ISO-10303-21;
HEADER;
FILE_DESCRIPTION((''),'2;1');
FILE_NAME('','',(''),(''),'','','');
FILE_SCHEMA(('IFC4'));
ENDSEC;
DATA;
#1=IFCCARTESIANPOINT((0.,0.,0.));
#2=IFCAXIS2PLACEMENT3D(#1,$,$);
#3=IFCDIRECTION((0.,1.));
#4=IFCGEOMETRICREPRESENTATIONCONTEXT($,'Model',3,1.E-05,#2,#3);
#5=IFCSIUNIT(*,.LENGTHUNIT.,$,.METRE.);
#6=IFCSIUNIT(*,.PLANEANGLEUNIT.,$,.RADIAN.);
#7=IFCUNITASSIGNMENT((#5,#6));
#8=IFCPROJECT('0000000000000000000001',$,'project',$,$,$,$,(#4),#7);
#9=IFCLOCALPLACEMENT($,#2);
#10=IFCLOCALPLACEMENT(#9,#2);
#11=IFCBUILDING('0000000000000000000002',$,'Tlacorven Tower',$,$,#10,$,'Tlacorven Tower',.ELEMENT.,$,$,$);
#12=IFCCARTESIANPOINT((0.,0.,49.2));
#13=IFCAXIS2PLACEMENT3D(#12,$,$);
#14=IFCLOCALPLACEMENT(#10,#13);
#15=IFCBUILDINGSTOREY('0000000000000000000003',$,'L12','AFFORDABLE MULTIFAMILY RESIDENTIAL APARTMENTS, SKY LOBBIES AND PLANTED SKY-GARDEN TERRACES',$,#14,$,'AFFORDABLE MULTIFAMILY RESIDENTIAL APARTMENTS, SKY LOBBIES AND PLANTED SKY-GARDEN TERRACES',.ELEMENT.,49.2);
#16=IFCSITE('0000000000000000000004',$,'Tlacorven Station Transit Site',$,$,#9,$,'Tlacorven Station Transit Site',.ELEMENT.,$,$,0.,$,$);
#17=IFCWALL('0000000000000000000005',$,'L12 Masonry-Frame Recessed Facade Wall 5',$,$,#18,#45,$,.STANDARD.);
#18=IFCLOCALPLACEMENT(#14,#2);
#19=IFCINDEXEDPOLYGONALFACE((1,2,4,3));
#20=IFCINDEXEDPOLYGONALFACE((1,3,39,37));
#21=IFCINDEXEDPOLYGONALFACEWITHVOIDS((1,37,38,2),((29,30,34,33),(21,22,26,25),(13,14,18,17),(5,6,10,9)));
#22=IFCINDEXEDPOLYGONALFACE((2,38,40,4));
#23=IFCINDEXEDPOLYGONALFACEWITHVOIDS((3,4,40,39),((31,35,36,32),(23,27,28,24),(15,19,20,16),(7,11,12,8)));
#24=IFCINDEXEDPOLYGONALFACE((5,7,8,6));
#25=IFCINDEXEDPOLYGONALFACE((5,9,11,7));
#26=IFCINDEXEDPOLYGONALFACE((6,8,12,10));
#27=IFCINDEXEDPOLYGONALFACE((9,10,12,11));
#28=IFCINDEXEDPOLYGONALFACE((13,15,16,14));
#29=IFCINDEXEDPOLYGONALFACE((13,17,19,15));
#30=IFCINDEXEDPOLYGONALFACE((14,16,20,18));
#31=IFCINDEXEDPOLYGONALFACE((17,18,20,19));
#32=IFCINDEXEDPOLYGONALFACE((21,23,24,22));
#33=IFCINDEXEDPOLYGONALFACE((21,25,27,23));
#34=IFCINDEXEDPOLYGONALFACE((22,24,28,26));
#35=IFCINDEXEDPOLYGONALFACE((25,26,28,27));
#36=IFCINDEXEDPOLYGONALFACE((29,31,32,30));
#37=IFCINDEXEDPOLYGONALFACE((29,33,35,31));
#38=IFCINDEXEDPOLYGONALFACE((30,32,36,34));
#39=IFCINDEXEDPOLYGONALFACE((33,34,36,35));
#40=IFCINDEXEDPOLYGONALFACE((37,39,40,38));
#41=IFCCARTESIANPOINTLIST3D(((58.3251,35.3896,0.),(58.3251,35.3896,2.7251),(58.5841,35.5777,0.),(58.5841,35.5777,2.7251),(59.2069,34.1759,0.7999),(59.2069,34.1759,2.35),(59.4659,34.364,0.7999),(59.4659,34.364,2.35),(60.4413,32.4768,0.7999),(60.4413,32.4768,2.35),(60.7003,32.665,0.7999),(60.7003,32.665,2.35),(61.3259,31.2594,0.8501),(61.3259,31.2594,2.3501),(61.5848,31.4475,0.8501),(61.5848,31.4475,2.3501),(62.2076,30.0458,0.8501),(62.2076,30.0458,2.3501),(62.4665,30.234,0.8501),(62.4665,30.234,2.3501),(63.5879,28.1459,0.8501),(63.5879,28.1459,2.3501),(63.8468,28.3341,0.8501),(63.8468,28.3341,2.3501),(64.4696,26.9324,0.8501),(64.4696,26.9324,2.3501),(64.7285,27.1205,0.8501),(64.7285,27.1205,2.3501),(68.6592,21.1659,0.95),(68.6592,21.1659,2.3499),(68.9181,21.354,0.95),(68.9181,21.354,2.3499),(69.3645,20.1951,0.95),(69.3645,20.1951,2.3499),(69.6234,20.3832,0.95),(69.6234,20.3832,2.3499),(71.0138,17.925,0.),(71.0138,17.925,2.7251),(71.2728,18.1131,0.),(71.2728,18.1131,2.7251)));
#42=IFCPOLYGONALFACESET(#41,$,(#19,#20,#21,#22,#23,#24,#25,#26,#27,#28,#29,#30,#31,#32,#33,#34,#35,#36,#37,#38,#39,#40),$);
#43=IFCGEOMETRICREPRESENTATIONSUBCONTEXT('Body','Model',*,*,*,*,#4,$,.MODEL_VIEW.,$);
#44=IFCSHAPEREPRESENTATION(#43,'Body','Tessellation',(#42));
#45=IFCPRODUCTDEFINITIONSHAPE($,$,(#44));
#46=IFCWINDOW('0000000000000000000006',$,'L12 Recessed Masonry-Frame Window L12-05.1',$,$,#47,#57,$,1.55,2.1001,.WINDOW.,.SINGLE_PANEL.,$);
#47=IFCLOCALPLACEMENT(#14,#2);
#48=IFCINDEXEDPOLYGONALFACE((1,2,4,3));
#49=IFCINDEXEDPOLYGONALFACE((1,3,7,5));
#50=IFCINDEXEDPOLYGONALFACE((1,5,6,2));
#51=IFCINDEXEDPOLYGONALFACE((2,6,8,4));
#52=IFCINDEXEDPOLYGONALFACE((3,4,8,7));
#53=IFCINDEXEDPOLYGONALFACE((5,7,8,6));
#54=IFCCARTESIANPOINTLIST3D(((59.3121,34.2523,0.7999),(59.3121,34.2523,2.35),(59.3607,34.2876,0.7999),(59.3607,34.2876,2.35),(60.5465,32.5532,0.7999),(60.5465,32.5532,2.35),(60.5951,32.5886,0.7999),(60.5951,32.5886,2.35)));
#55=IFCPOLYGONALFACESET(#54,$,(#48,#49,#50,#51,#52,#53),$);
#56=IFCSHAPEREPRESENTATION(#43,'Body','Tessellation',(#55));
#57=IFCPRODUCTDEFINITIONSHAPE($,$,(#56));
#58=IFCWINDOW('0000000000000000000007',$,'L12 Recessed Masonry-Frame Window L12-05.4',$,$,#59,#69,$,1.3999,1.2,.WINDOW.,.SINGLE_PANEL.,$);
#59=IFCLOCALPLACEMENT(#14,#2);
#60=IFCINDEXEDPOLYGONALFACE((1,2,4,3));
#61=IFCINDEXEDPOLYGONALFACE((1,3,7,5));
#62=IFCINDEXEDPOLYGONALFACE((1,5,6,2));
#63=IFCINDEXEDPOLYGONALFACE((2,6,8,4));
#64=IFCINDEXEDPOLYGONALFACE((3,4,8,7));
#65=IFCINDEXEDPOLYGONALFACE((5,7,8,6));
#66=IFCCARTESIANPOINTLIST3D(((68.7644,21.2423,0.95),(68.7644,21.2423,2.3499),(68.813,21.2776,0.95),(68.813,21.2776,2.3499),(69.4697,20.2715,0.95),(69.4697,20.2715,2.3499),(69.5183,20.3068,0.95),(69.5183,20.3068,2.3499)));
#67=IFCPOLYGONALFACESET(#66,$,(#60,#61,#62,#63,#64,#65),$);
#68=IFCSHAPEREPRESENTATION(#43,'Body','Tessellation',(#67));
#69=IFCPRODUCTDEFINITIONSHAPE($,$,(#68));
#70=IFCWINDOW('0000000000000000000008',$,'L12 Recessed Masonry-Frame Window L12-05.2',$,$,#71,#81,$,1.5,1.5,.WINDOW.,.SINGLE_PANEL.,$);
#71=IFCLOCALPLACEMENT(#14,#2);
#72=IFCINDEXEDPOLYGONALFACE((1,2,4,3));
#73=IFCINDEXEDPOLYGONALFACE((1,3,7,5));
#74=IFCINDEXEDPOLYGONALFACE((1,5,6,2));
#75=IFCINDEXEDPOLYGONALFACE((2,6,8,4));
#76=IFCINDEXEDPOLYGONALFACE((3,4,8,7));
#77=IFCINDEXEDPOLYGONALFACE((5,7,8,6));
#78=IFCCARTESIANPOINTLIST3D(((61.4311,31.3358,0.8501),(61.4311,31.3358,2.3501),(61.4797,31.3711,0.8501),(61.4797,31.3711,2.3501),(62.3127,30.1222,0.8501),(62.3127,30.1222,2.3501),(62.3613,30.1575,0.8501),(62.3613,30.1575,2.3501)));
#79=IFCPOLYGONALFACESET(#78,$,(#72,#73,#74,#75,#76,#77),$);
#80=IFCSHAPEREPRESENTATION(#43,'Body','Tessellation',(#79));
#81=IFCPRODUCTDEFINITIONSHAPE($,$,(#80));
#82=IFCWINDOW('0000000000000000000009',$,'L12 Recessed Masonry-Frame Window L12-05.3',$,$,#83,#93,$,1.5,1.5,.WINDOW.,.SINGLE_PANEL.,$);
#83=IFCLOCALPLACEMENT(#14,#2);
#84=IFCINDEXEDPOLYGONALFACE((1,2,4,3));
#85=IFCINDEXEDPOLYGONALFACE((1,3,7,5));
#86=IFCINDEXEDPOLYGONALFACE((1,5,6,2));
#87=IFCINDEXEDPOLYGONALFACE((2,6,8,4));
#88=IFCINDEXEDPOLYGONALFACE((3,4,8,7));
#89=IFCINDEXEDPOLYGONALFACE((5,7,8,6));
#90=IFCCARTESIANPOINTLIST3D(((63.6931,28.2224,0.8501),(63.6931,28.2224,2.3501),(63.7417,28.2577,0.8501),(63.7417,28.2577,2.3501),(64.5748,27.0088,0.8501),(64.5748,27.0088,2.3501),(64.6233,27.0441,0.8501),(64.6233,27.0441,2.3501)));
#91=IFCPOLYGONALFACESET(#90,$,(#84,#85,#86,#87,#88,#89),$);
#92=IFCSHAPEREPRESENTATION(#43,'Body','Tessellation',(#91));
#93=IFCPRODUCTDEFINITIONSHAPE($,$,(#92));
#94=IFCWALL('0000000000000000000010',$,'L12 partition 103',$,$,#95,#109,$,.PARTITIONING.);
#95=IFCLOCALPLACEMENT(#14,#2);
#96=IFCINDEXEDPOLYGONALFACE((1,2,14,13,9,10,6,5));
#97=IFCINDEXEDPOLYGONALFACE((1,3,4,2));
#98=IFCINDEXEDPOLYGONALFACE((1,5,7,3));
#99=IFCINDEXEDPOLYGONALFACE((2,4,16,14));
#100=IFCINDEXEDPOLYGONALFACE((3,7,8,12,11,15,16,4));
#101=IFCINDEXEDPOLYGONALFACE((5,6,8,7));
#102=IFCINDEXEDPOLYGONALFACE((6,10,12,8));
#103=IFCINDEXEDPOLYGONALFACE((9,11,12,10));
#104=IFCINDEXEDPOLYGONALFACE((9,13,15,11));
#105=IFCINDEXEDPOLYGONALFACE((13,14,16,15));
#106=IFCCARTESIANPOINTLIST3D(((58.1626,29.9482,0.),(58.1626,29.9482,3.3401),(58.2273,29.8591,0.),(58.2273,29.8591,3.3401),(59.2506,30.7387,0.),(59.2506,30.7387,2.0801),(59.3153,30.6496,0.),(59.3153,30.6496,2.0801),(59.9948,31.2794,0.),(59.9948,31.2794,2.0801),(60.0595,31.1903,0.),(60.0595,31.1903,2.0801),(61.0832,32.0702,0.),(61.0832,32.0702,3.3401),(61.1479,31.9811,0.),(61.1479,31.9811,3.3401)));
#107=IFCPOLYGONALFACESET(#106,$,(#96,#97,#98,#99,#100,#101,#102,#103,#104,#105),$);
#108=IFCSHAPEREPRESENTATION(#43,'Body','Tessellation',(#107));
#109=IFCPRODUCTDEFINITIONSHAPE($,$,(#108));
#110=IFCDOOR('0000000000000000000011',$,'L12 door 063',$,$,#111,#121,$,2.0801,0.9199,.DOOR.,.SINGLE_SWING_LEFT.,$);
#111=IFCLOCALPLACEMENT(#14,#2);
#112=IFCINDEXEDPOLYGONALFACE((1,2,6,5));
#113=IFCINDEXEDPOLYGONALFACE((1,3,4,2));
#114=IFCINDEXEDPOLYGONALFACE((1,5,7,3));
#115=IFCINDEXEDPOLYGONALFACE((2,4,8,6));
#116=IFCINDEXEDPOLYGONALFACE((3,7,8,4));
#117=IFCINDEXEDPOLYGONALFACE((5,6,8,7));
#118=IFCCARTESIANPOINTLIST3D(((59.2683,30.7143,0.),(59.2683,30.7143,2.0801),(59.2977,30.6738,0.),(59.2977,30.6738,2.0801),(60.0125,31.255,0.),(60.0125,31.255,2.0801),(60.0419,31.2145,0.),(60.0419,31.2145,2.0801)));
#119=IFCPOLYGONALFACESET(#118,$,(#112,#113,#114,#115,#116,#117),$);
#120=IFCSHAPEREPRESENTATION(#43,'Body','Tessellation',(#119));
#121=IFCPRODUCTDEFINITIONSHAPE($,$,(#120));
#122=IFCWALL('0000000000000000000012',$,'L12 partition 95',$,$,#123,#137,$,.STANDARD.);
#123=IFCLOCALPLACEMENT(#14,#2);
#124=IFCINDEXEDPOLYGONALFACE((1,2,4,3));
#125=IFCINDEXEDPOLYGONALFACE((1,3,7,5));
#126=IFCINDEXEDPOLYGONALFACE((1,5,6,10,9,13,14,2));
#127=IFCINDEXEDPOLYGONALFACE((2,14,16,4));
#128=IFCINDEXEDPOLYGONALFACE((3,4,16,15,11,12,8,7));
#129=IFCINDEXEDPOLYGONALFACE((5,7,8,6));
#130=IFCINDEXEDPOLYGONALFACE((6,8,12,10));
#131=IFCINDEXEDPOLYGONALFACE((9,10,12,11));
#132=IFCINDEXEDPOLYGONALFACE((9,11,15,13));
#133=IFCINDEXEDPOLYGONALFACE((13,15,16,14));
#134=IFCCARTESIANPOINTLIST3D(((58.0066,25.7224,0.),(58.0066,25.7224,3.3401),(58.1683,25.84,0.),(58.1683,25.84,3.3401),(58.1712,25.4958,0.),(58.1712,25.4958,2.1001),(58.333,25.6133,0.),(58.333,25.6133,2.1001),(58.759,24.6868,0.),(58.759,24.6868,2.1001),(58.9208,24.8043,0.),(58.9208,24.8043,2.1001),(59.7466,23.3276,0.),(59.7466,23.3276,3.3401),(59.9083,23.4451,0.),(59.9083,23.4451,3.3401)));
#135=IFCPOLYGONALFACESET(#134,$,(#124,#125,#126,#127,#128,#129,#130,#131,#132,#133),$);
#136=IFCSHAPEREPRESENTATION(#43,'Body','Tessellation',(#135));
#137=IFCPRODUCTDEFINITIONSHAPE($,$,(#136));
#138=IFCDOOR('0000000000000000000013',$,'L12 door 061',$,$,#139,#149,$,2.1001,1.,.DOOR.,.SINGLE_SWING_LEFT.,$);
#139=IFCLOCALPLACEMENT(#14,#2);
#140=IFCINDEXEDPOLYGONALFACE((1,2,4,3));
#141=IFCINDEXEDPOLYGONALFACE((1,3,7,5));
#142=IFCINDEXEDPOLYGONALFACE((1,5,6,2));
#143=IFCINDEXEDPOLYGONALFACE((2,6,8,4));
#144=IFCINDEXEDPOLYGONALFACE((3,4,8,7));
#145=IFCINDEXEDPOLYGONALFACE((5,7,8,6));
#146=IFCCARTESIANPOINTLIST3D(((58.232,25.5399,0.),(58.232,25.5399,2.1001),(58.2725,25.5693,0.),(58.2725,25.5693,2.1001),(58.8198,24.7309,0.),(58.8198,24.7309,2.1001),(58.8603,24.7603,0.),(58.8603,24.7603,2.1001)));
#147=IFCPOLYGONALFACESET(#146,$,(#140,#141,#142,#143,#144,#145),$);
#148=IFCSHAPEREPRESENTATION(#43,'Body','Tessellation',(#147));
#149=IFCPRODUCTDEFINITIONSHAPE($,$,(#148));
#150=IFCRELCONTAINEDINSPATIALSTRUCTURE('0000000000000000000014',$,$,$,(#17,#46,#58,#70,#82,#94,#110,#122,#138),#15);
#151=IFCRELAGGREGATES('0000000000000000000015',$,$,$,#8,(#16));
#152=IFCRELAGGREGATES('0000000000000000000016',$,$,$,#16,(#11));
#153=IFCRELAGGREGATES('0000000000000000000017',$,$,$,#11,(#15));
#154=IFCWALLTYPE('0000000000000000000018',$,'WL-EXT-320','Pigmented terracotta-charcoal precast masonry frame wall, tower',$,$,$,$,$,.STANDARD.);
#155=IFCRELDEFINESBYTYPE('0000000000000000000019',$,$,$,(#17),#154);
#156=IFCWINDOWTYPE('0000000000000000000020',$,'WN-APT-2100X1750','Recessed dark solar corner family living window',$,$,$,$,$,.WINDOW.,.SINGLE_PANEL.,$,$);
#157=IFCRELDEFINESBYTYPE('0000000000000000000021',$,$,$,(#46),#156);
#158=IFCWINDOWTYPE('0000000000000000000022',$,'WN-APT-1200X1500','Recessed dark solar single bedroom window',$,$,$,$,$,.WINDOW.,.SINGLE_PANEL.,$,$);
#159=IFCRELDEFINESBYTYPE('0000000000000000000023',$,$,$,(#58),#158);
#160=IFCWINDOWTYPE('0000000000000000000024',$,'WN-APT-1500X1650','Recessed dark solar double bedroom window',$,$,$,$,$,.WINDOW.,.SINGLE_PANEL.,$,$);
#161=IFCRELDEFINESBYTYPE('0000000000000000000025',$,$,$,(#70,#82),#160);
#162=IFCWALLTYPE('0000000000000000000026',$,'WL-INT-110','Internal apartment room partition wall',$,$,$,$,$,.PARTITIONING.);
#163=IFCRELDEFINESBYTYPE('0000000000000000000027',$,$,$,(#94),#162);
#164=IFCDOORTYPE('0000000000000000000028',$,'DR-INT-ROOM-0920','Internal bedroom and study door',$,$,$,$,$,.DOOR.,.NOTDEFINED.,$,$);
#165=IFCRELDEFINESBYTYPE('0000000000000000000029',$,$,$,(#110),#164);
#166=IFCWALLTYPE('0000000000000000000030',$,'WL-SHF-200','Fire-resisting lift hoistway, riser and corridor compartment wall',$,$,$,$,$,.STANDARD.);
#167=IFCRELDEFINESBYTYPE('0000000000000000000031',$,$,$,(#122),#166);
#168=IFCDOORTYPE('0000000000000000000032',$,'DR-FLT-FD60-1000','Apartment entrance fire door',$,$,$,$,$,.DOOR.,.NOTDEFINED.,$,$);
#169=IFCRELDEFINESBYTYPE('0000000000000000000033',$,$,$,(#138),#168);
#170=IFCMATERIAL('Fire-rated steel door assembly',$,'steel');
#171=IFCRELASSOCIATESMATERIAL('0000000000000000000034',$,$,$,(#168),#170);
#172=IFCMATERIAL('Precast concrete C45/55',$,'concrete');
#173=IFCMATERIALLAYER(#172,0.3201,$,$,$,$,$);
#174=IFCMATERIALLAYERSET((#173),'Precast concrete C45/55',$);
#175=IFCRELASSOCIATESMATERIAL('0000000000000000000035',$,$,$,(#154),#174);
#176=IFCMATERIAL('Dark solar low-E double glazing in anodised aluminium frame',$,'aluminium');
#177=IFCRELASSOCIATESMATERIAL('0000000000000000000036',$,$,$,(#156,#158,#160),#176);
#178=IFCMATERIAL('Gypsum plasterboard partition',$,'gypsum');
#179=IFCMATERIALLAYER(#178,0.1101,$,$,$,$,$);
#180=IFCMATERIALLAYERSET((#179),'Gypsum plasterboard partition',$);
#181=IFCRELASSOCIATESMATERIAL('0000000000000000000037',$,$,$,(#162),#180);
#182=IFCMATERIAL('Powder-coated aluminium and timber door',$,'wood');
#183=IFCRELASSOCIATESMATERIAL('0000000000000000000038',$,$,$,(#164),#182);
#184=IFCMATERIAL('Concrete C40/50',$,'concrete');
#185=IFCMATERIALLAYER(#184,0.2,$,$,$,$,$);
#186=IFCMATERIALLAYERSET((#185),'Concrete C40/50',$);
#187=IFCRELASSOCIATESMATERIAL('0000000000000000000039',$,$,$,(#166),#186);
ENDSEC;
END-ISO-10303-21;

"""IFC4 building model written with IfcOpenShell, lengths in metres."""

from ifc_helpers import new_model, si_unit, direction, frame, frame_2d, origin, place, context, subcontext, project, spatial, rectangle, extrude, source, transform, mapped, material, layer, layer_set, type_object, element, fill, save


model = new_model("IFC4")

# Units and contexts
model_context = context("Model", 3, precision=1e-05, world=origin(), true_north=direction((0.0, 1.0)))
body_context = subcontext(model_context, "Body", "Model", "MODEL_VIEW")
ifc_project = project(units=[si_unit("LENGTHUNIT", "METRE"), si_unit("PLANEANGLEUNIT", "RADIAN")], contexts=[model_context])

# Site, building, storey
site_placement = place(None, origin())
site = spatial("IfcSite", under=ifc_project, at=site_placement, Name="Tlacorven Station Transit Site", LongName="Tlacorven Station Transit Site", CompositionType="ELEMENT", RefElevation=0.0)
building_placement = place(site_placement, origin())
building = spatial("IfcBuilding", under=site, at=building_placement, Name="Tlacorven Tower", LongName="Tlacorven Tower", CompositionType="ELEMENT")
storey_placement = place(building_placement, frame((0.0, 0.0, 49.2)))
storey = spatial("IfcBuildingStorey", under=building, at=storey_placement, Name="L12", Description="AFFORDABLE MULTIFAMILY RESIDENTIAL APARTMENTS, SKY LOBBIES AND PLANTED SKY-GARDEN TERRACES", LongName="AFFORDABLE MULTIFAMILY RESIDENTIAL APARTMENTS, SKY LOBBIES AND PLANTED SKY-GARDEN TERRACES", CompositionType="ELEMENT", Elevation=49.2)

# Shared definitions
ifc_material_1 = material(Name="Fire-rated steel door assembly", Category="steel")
door_type_1 = type_object("IfcDoorType", Name="DR-FLT-FD60-1000", Description="Apartment entrance fire door", OperationType="NOTDEFINED", PredefinedType="DOOR", material=ifc_material_1)
shared_shape_1 = source(origin(), body_context, "Body", "SweptSolid", [
    extrude(rectangle(XDim=1.0, YDim=2.1001, at=frame_2d((0.5, 1.05))), frame((0.0, 0.0249, 0.0), z_axis=(0.0, -1.0, 0.0), x_axis=(1.0, 0.0, 0.0)), (0.0, 0.0, 1.0), 0.05),
])

# Wall, openings, windows
ifc_material_2 = material(Name="Precast concrete C45/55", Category="concrete")
ifc_layer_1 = layer(ifc_material_2, 0.3201)
ifc_layer_set_1 = layer_set([ifc_layer_1], Name="Precast concrete C45/55")
wall_type_1 = type_object("IfcWallType", Name="WL-EXT-320", Description="Pigmented terracotta-charcoal precast masonry frame wall, tower", PredefinedType="STANDARD", material=ifc_layer_set_1)
wall_1_placement = place(storey_placement, frame((58.4546, 35.4836, 0.0), z_axis=(0.0, 0.0, 1.0), x_axis=(0.587784, -0.809018, 0.0)))
wall_1 = element("IfcWall", 1, at=wall_1_placement, inside=storey, type_object=wall_type_1, Name="L12 Masonry-Frame Recessed Facade Wall 5", PredefinedType="STANDARD", context=body_context, shape_type="SweptSolid", body=[
    extrude(rectangle(XDim=21.5874, YDim=0.3201, at=frame_2d((10.7937, 0.0))), origin(), (0.0, 0.0, 1.0), 2.7251),
])
opening_1_placement = place(wall_1_placement, frame((1.5002, 0.0, 0.8)))
opening_1 = element("IfcOpeningElement", 2, at=opening_1_placement, cuts=wall_1, PredefinedType="OPENING", context=body_context, shape_type="SweptSolid", body=[
    extrude(rectangle(XDim=2.1001, YDim=1.55, at=frame_2d((1.05, 0.7749))), frame((0.0, 0.1699, 0.0), z_axis=(0.0, -1.0, 0.0), x_axis=(1.0, 0.0, 0.0)), (0.0, 0.0, 1.0), 0.3401),
])
opening_2_placement = place(wall_1_placement, frame((5.1052, 0.0, 0.8501)))
opening_2 = element("IfcOpeningElement", 3, at=opening_2_placement, cuts=wall_1, PredefinedType="OPENING", context=body_context, shape_type="SweptSolid", body=[
    extrude(rectangle(XDim=1.5, YDim=1.5, at=frame_2d((0.75, 0.75))), frame((0.0, 0.1699, 0.0), z_axis=(0.0, -1.0, 0.0), x_axis=(1.0, 0.0, 0.0)), (0.0, 0.0, 1.0), 0.3401),
])
opening_3_placement = place(wall_1_placement, frame((8.9536, 0.0, 0.8501)))
opening_3 = element("IfcOpeningElement", 4, at=opening_3_placement, cuts=wall_1, PredefinedType="OPENING", context=body_context, shape_type="SweptSolid", body=[
    extrude(rectangle(XDim=1.5, YDim=1.5, at=frame_2d((0.75, 0.75))), frame((0.0, 0.1699, 0.0), z_axis=(0.0, -1.0, 0.0), x_axis=(1.0, 0.0, 0.0)), (0.0, 0.0, 1.0), 0.3401),
])
opening_4_placement = place(wall_1_placement, frame((17.5813, 0.0, 0.95)))
opening_4 = element("IfcOpeningElement", 5, at=opening_4_placement, cuts=wall_1, PredefinedType="OPENING", context=body_context, shape_type="SweptSolid", body=[
    extrude(rectangle(XDim=1.2, YDim=1.3999, at=frame_2d((0.6001, 0.7))), frame((0.0, 0.1699, 0.0), z_axis=(0.0, -1.0, 0.0), x_axis=(1.0, 0.0, 0.0)), (0.0, 0.0, 1.0), 0.3401),
])
ifc_material_3 = material(Name="Dark solar low-E double glazing in anodised aluminium frame", Category="aluminium")
window_type_1 = type_object("IfcWindowType", Name="WN-APT-2100X1750", Description="Recessed dark solar corner family living window", PartitioningType="SINGLE_PANEL", PredefinedType="WINDOW", material=ifc_material_3)
shared_shape_2 = source(origin(), body_context, "Body", "SweptSolid", [
    extrude(rectangle(XDim=2.1001, YDim=1.55, at=frame_2d((1.05, 0.7749))), frame((0.0, 0.03, 0.0), z_axis=(0.0, -1.0, 0.0), x_axis=(1.0, 0.0, 0.0)), (0.0, 0.0, 1.0), 0.0601),
])
window_1_placement = place(opening_1_placement, origin())
window_1 = element("IfcWindow", 6, at=window_1_placement, inside=storey, type_object=window_type_1, Name="L12 Recessed Masonry-Frame Window L12-05.1", OverallHeight=1.55, OverallWidth=2.1001, PartitioningType="SINGLE_PANEL", PredefinedType="WINDOW", context=body_context, shape_type="MappedRepresentation", body=[
    mapped(shared_shape_2, transform((0.0, 0.0, 0.0), scale=1.0)),
])
fill(opening_1, window_1)
window_type_2 = type_object("IfcWindowType", Name="WN-APT-1200X1500", Description="Recessed dark solar single bedroom window", PartitioningType="SINGLE_PANEL", PredefinedType="WINDOW", material=ifc_material_3)
shared_shape_3 = source(origin(), body_context, "Body", "SweptSolid", [
    extrude(rectangle(XDim=1.2, YDim=1.3999, at=frame_2d((0.6001, 0.7))), frame((0.0, 0.03, 0.0), z_axis=(0.0, -1.0, 0.0), x_axis=(1.0, 0.0, 0.0)), (0.0, 0.0, 1.0), 0.0601),
])
window_2_placement = place(opening_4_placement, origin())
window_2 = element("IfcWindow", 7, at=window_2_placement, inside=storey, type_object=window_type_2, Name="L12 Recessed Masonry-Frame Window L12-05.4", OverallHeight=1.3999, OverallWidth=1.2, PartitioningType="SINGLE_PANEL", PredefinedType="WINDOW", context=body_context, shape_type="MappedRepresentation", body=[
    mapped(shared_shape_3, transform((0.0, 0.0, 0.0), scale=1.0)),
])
fill(opening_4, window_2)
window_type_3 = type_object("IfcWindowType", Name="WN-APT-1500X1650", Description="Recessed dark solar double bedroom window", PartitioningType="SINGLE_PANEL", PredefinedType="WINDOW", material=ifc_material_3)
shared_shape_4 = source(origin(), body_context, "Body", "SweptSolid", [
    extrude(rectangle(XDim=1.5, YDim=1.5, at=frame_2d((0.75, 0.75))), frame((0.0, 0.03, 0.0), z_axis=(0.0, -1.0, 0.0), x_axis=(1.0, 0.0, 0.0)), (0.0, 0.0, 1.0), 0.0601),
])
window_3_placement = place(opening_2_placement, origin())
window_3 = element("IfcWindow", 8, at=window_3_placement, inside=storey, type_object=window_type_3, Name="L12 Recessed Masonry-Frame Window L12-05.2", OverallHeight=1.5, OverallWidth=1.5, PartitioningType="SINGLE_PANEL", PredefinedType="WINDOW", context=body_context, shape_type="MappedRepresentation", body=[
    mapped(shared_shape_4, transform((0.0, 0.0, 0.0), scale=1.0)),
])
fill(opening_2, window_3)
window_4_placement = place(opening_3_placement, origin())
window_4 = element("IfcWindow", 9, at=window_4_placement, inside=storey, type_object=window_type_3, Name="L12 Recessed Masonry-Frame Window L12-05.3", OverallHeight=1.5, OverallWidth=1.5, PartitioningType="SINGLE_PANEL", PredefinedType="WINDOW", context=body_context, shape_type="MappedRepresentation", body=[
    mapped(shared_shape_4, transform((0.0, 0.0, 0.0), scale=1.0)),
])
fill(opening_3, window_4)

# Walls, openings, doors
ifc_material_4 = material(Name="Gypsum plasterboard partition", Category="gypsum")
ifc_layer_2 = layer(ifc_material_4, 0.1101)
ifc_layer_set_2 = layer_set([ifc_layer_2], Name="Gypsum plasterboard partition")
wall_type_2 = type_object("IfcWallType", Name="WL-INT-110", Description="Internal apartment room partition wall", PredefinedType="PARTITIONING", material=ifc_layer_set_2)
wall_2_placement = place(storey_placement, frame((58.1948, 29.9036, 0.0), z_axis=(0.0, 0.0, 1.0), x_axis=(0.809005, 0.587802, 0.0)))
wall_2 = element("IfcWall", 10, at=wall_2_placement, inside=storey, type_object=wall_type_2, Name="L12 partition 103", PredefinedType="PARTITIONING", context=body_context, shape_type="SweptSolid", body=[
    extrude(rectangle(XDim=3.6101, YDim=0.1101, at=frame_2d((1.8052, 0.0))), origin(), (0.0, 0.0, 1.0), 3.3401),
])
opening_5_placement = place(wall_2_placement, frame((1.345, 0.0, 0.0)))
opening_5 = element("IfcOpeningElement", 11, at=opening_5_placement, cuts=wall_2, PredefinedType="OPENING", context=body_context, shape_type="SweptSolid", body=[
    extrude(rectangle(XDim=0.9199, YDim=2.0801, at=frame_2d((0.46, 1.04))), frame((0.0, 0.0649, 0.0), z_axis=(0.0, -1.0, 0.0), x_axis=(1.0, 0.0, 0.0)), (0.0, 0.0, 1.0), 0.1301),
])
ifc_material_5 = material(Name="Powder-coated aluminium and timber door", Category="wood")
door_type_2 = type_object("IfcDoorType", Name="DR-INT-ROOM-0920", Description="Internal bedroom and study door", OperationType="NOTDEFINED", PredefinedType="DOOR", material=ifc_material_5)
shared_shape_5 = source(origin(), body_context, "Body", "SweptSolid", [
    extrude(rectangle(XDim=0.9199, YDim=2.0801, at=frame_2d((0.46, 1.04))), frame((0.0, 0.0249, 0.0), z_axis=(0.0, -1.0, 0.0), x_axis=(1.0, 0.0, 0.0)), (0.0, 0.0, 1.0), 0.05),
])
door_1_placement = place(opening_5_placement, origin())
door_1 = element("IfcDoor", 12, at=door_1_placement, inside=storey, type_object=door_type_2, Name="L12 door 063", OperationType="SINGLE_SWING_LEFT", OverallHeight=2.0801, OverallWidth=0.9199, PredefinedType="DOOR", context=body_context, shape_type="MappedRepresentation", body=[
    mapped(shared_shape_5, transform((0.0, 0.0, 0.0), scale=1.0)),
])
fill(opening_5, door_1)
ifc_material_6 = material(Name="Concrete C40/50", Category="concrete")
ifc_layer_3 = layer(ifc_material_6, 0.2)
ifc_layer_set_3 = layer_set([ifc_layer_3], Name="Concrete C40/50")
wall_type_3 = type_object("IfcWallType", Name="WL-SHF-200", Description="Fire-resisting lift hoistway, riser and corridor compartment wall", PredefinedType="STANDARD", material=ifc_layer_set_3)
wall_3_placement = place(storey_placement, frame((59.8274, 23.3865, 0.0), z_axis=(0.0, 0.0, 1.0), x_axis=(-0.587804, 0.809003, 0.0)))
wall_3 = element("IfcWall", 13, at=wall_3_placement, inside=storey, type_object=wall_type_3, Name="L12 partition 95", PredefinedType="STANDARD", context=body_context, shape_type="SweptSolid", body=[
    extrude(rectangle(XDim=2.9602, YDim=0.2, at=frame_2d((1.48, 0.0))), origin(), (0.0, 0.0, 1.0), 3.3401),
])
opening_6_placement = place(wall_3_placement, frame((1.6799, 0.0, 0.0)))
opening_6 = element("IfcOpeningElement", 14, at=opening_6_placement, cuts=wall_3, PredefinedType="OPENING", context=body_context, shape_type="SweptSolid", body=[
    extrude(rectangle(XDim=1.0, YDim=2.1001, at=frame_2d((0.5, 1.05))), frame((0.0, 0.1099, 0.0), z_axis=(0.0, -1.0, 0.0), x_axis=(1.0, 0.0, 0.0)), (0.0, 0.0, 1.0), 0.22),
])
door_2_placement = place(opening_6_placement, origin())
door_2 = element("IfcDoor", 15, at=door_2_placement, inside=storey, type_object=door_type_1, Name="L12 door 061", OperationType="SINGLE_SWING_LEFT", OverallHeight=2.1001, OverallWidth=1.0, PredefinedType="DOOR", context=body_context, shape_type="MappedRepresentation", body=[
    mapped(shared_shape_1, transform((0.0, 0.0, 0.0), scale=1.0)),
])
fill(opening_6, door_2)

save(model, "model.ifc")
